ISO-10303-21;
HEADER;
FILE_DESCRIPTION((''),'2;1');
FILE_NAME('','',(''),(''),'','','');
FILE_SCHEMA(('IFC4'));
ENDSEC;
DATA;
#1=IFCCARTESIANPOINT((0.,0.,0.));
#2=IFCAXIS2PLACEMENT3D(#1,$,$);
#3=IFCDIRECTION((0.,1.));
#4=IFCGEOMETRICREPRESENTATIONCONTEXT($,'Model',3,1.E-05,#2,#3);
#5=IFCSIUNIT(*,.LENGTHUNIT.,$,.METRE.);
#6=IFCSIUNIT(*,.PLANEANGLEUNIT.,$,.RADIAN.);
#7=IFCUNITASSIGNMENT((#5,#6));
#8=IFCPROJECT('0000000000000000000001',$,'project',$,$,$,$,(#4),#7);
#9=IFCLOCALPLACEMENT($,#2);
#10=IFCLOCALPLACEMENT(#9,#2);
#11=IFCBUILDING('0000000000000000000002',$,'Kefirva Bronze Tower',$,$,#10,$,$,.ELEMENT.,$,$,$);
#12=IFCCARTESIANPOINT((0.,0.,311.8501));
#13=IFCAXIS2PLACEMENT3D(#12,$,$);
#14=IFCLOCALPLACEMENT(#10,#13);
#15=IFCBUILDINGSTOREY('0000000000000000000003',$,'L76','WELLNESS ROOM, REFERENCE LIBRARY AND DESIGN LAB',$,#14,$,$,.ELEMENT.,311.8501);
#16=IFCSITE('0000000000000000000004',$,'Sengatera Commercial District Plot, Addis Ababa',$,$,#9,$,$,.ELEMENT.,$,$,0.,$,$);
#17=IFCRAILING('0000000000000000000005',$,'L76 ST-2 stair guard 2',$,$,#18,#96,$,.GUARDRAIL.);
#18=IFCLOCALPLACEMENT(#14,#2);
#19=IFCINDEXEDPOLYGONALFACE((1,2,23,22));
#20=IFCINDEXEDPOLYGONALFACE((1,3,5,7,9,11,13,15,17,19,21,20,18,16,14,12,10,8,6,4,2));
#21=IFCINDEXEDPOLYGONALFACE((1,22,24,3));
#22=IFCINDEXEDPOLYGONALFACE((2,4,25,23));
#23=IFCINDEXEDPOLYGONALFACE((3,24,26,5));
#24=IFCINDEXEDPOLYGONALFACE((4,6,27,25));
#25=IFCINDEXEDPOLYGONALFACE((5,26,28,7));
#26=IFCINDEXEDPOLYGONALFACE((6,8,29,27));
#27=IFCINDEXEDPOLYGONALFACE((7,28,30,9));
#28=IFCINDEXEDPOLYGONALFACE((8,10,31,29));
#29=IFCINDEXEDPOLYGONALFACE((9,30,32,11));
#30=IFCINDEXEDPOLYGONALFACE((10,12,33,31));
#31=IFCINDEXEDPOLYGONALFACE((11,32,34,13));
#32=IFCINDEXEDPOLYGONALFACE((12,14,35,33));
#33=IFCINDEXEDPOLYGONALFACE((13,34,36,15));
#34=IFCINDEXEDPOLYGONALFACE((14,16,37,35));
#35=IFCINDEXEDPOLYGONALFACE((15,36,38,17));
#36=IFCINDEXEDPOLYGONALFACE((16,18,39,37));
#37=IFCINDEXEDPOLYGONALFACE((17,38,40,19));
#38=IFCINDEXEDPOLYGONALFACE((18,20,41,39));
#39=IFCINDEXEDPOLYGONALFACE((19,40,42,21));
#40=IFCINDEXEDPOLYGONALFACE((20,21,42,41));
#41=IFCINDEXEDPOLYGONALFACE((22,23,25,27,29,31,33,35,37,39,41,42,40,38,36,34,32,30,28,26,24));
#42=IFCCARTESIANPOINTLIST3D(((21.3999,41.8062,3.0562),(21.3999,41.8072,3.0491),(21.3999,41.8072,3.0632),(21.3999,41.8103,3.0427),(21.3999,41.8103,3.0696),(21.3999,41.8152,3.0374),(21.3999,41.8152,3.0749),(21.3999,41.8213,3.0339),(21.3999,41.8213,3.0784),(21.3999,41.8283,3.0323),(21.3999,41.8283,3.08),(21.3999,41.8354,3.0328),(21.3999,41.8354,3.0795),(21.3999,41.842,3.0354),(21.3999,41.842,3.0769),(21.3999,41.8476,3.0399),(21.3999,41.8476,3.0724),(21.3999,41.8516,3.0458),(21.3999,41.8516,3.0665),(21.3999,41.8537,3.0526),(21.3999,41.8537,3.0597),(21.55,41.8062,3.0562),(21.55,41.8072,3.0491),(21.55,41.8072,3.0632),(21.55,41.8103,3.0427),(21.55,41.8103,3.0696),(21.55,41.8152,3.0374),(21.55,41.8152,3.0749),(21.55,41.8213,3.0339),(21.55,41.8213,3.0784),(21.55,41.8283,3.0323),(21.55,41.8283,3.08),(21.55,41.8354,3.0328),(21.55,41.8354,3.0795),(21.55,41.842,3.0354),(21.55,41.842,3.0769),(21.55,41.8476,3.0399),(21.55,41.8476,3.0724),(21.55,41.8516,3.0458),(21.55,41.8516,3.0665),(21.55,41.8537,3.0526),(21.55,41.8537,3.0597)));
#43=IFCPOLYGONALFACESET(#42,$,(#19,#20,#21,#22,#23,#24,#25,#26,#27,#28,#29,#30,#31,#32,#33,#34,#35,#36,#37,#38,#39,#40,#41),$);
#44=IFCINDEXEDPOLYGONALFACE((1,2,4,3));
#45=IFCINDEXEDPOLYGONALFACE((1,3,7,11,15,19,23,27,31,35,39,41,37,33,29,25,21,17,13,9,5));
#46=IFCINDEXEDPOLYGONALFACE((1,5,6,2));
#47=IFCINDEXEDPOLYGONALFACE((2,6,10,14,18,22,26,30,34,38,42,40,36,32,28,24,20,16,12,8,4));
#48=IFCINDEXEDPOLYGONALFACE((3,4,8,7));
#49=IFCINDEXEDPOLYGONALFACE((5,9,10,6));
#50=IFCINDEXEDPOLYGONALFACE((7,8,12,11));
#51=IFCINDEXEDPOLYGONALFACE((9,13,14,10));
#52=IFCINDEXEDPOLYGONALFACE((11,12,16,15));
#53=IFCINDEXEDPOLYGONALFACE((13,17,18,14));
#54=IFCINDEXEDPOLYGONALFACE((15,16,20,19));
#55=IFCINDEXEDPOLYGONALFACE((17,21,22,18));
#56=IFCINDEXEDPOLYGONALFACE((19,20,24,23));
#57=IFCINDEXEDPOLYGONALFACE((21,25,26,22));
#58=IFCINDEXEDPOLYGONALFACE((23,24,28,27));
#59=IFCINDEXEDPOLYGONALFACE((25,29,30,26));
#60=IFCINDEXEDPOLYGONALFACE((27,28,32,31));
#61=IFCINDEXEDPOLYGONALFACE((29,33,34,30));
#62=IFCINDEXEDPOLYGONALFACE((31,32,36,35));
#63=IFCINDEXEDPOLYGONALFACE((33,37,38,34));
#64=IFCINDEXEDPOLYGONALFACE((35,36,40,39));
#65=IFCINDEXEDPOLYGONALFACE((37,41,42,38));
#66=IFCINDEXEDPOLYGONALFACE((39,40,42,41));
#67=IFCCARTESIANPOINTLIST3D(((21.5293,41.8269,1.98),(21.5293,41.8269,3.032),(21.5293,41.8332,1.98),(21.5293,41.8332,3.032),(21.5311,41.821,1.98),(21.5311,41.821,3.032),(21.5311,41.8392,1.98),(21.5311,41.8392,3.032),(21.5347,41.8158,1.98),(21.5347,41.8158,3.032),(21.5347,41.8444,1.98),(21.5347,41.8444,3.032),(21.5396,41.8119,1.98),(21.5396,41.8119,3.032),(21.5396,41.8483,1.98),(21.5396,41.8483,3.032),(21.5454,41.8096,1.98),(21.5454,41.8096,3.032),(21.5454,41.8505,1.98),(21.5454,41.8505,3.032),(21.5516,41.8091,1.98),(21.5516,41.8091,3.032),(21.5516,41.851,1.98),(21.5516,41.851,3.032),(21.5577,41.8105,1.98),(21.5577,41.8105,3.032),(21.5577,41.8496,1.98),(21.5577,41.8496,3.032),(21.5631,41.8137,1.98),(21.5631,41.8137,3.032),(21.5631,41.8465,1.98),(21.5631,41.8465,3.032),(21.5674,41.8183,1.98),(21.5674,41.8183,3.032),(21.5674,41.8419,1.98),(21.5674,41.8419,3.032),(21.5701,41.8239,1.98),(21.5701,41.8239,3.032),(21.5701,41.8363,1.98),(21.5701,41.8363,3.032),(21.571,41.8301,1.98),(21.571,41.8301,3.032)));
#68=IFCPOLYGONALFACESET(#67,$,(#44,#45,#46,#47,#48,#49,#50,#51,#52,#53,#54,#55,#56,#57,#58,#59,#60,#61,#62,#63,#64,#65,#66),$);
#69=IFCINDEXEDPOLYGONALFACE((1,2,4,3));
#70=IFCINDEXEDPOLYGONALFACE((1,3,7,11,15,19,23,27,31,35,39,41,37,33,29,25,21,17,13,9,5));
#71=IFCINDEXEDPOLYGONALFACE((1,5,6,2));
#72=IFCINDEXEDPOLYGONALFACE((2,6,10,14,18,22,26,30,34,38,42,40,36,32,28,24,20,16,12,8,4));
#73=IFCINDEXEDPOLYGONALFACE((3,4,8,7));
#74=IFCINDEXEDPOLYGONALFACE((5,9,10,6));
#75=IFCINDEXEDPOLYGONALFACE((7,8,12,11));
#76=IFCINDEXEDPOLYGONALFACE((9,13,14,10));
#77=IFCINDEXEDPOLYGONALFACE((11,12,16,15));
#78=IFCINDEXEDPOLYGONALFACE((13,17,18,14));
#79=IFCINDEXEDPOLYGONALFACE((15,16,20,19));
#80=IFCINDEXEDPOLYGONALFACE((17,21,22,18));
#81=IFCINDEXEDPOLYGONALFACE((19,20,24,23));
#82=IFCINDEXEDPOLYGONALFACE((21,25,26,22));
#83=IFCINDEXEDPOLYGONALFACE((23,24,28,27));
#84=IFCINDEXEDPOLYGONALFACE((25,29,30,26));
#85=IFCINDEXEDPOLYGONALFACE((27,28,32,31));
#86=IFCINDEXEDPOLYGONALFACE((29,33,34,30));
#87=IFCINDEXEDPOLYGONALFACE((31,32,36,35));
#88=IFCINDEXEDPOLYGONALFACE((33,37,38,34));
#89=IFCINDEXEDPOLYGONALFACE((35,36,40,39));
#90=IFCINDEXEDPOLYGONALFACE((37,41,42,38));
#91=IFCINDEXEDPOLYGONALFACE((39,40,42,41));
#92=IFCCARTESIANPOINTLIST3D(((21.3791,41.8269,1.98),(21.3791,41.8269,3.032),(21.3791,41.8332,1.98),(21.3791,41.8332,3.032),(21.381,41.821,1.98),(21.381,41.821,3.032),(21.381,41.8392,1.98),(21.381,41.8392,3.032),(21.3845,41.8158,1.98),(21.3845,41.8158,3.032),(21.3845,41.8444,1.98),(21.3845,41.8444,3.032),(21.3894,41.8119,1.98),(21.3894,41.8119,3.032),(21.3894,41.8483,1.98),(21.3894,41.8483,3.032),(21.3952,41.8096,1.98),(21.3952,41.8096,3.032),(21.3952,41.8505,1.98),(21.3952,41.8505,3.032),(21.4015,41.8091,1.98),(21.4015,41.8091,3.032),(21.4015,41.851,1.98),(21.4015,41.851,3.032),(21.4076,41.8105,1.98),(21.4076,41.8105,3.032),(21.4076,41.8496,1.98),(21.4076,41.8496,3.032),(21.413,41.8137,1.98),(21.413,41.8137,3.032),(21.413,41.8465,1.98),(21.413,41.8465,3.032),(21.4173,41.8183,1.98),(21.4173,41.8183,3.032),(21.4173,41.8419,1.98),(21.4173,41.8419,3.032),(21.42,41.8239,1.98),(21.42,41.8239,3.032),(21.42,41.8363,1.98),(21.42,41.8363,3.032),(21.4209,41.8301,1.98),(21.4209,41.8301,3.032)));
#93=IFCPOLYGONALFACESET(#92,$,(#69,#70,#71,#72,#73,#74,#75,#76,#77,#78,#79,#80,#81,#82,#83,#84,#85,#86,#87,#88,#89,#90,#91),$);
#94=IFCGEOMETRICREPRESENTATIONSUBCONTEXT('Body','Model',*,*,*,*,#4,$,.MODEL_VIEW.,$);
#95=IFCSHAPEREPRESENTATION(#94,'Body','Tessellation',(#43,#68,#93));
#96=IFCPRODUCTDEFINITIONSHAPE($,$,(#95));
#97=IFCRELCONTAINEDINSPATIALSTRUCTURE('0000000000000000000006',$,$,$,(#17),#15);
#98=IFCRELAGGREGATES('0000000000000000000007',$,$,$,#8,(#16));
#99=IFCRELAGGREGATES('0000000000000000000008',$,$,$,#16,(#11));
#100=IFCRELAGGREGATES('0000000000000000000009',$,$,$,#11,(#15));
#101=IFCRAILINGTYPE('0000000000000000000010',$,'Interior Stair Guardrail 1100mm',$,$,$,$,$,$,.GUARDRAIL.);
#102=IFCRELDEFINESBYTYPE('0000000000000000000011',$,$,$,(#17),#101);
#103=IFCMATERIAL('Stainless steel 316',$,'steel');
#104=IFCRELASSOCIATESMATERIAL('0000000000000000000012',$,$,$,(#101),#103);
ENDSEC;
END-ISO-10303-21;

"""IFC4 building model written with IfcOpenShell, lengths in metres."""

from ifc_helpers import new_model, si_unit, direction, frame, origin, origin_2d, place, context, subcontext, project, spatial, circle, extrude, material, type_object, element, save


model = new_model("IFC4")

# Units and contexts
model_context = context("Model", 3, precision=1e-05, world=origin(), true_north=direction((0.0, 1.0)))
body_context = subcontext(model_context, "Body", "Model", "MODEL_VIEW")
ifc_project = project(units=[si_unit("LENGTHUNIT", "METRE"), si_unit("PLANEANGLEUNIT", "RADIAN")], contexts=[model_context])

# Site, building, storey
site_placement = place(None, origin())
site = spatial("IfcSite", under=ifc_project, at=site_placement, Name="Sengatera Commercial District Plot, Addis Ababa", CompositionType="ELEMENT", RefElevation=0.0)
building_placement = place(site_placement, origin())
building = spatial("IfcBuilding", under=site, at=building_placement, Name="Kefirva Bronze Tower", CompositionType="ELEMENT")
storey_placement = place(building_placement, frame((0.0, 0.0, 311.8501)))
storey = spatial("IfcBuildingStorey", under=building, at=storey_placement, Name="L76", Description="WELLNESS ROOM, REFERENCE LIBRARY AND DESIGN LAB", CompositionType="ELEMENT", Elevation=311.8501)

# Railing
ifc_material_1 = material(Name="Stainless steel 316", Category="steel")
railing_type_1 = type_object("IfcRailingType", Name="Interior Stair Guardrail 1100mm", PredefinedType="GUARDRAIL", material=ifc_material_1)
railing_1_placement = place(storey_placement, frame((21.55, 41.8301, 1.98)))
element("IfcRailing", 1, at=railing_1_placement, inside=storey, type_object=railing_type_1, Name="L76 ST-2 stair guard 2", PredefinedType="GUARDRAIL", context=body_context, shape_type="SweptSolid", body=[
    extrude(circle(Radius=0.0239, at=origin_2d()), frame((0.0, 0.0, 1.0762), z_axis=(-1.0, 0.0, 0.0), x_axis=(0.0, -1.0, 0.0)), (0.0, 0.0, 1.0), 0.1501),
    extrude(circle(Radius=0.021, at=origin_2d()), origin(), (0.0, 0.0, 1.0), 1.052),
    extrude(circle(Radius=0.021, at=origin_2d()), frame((-0.1501, 0.0, 0.0)), (0.0, 0.0, 1.0), 1.052),
])

save(model, "model.ifc")
